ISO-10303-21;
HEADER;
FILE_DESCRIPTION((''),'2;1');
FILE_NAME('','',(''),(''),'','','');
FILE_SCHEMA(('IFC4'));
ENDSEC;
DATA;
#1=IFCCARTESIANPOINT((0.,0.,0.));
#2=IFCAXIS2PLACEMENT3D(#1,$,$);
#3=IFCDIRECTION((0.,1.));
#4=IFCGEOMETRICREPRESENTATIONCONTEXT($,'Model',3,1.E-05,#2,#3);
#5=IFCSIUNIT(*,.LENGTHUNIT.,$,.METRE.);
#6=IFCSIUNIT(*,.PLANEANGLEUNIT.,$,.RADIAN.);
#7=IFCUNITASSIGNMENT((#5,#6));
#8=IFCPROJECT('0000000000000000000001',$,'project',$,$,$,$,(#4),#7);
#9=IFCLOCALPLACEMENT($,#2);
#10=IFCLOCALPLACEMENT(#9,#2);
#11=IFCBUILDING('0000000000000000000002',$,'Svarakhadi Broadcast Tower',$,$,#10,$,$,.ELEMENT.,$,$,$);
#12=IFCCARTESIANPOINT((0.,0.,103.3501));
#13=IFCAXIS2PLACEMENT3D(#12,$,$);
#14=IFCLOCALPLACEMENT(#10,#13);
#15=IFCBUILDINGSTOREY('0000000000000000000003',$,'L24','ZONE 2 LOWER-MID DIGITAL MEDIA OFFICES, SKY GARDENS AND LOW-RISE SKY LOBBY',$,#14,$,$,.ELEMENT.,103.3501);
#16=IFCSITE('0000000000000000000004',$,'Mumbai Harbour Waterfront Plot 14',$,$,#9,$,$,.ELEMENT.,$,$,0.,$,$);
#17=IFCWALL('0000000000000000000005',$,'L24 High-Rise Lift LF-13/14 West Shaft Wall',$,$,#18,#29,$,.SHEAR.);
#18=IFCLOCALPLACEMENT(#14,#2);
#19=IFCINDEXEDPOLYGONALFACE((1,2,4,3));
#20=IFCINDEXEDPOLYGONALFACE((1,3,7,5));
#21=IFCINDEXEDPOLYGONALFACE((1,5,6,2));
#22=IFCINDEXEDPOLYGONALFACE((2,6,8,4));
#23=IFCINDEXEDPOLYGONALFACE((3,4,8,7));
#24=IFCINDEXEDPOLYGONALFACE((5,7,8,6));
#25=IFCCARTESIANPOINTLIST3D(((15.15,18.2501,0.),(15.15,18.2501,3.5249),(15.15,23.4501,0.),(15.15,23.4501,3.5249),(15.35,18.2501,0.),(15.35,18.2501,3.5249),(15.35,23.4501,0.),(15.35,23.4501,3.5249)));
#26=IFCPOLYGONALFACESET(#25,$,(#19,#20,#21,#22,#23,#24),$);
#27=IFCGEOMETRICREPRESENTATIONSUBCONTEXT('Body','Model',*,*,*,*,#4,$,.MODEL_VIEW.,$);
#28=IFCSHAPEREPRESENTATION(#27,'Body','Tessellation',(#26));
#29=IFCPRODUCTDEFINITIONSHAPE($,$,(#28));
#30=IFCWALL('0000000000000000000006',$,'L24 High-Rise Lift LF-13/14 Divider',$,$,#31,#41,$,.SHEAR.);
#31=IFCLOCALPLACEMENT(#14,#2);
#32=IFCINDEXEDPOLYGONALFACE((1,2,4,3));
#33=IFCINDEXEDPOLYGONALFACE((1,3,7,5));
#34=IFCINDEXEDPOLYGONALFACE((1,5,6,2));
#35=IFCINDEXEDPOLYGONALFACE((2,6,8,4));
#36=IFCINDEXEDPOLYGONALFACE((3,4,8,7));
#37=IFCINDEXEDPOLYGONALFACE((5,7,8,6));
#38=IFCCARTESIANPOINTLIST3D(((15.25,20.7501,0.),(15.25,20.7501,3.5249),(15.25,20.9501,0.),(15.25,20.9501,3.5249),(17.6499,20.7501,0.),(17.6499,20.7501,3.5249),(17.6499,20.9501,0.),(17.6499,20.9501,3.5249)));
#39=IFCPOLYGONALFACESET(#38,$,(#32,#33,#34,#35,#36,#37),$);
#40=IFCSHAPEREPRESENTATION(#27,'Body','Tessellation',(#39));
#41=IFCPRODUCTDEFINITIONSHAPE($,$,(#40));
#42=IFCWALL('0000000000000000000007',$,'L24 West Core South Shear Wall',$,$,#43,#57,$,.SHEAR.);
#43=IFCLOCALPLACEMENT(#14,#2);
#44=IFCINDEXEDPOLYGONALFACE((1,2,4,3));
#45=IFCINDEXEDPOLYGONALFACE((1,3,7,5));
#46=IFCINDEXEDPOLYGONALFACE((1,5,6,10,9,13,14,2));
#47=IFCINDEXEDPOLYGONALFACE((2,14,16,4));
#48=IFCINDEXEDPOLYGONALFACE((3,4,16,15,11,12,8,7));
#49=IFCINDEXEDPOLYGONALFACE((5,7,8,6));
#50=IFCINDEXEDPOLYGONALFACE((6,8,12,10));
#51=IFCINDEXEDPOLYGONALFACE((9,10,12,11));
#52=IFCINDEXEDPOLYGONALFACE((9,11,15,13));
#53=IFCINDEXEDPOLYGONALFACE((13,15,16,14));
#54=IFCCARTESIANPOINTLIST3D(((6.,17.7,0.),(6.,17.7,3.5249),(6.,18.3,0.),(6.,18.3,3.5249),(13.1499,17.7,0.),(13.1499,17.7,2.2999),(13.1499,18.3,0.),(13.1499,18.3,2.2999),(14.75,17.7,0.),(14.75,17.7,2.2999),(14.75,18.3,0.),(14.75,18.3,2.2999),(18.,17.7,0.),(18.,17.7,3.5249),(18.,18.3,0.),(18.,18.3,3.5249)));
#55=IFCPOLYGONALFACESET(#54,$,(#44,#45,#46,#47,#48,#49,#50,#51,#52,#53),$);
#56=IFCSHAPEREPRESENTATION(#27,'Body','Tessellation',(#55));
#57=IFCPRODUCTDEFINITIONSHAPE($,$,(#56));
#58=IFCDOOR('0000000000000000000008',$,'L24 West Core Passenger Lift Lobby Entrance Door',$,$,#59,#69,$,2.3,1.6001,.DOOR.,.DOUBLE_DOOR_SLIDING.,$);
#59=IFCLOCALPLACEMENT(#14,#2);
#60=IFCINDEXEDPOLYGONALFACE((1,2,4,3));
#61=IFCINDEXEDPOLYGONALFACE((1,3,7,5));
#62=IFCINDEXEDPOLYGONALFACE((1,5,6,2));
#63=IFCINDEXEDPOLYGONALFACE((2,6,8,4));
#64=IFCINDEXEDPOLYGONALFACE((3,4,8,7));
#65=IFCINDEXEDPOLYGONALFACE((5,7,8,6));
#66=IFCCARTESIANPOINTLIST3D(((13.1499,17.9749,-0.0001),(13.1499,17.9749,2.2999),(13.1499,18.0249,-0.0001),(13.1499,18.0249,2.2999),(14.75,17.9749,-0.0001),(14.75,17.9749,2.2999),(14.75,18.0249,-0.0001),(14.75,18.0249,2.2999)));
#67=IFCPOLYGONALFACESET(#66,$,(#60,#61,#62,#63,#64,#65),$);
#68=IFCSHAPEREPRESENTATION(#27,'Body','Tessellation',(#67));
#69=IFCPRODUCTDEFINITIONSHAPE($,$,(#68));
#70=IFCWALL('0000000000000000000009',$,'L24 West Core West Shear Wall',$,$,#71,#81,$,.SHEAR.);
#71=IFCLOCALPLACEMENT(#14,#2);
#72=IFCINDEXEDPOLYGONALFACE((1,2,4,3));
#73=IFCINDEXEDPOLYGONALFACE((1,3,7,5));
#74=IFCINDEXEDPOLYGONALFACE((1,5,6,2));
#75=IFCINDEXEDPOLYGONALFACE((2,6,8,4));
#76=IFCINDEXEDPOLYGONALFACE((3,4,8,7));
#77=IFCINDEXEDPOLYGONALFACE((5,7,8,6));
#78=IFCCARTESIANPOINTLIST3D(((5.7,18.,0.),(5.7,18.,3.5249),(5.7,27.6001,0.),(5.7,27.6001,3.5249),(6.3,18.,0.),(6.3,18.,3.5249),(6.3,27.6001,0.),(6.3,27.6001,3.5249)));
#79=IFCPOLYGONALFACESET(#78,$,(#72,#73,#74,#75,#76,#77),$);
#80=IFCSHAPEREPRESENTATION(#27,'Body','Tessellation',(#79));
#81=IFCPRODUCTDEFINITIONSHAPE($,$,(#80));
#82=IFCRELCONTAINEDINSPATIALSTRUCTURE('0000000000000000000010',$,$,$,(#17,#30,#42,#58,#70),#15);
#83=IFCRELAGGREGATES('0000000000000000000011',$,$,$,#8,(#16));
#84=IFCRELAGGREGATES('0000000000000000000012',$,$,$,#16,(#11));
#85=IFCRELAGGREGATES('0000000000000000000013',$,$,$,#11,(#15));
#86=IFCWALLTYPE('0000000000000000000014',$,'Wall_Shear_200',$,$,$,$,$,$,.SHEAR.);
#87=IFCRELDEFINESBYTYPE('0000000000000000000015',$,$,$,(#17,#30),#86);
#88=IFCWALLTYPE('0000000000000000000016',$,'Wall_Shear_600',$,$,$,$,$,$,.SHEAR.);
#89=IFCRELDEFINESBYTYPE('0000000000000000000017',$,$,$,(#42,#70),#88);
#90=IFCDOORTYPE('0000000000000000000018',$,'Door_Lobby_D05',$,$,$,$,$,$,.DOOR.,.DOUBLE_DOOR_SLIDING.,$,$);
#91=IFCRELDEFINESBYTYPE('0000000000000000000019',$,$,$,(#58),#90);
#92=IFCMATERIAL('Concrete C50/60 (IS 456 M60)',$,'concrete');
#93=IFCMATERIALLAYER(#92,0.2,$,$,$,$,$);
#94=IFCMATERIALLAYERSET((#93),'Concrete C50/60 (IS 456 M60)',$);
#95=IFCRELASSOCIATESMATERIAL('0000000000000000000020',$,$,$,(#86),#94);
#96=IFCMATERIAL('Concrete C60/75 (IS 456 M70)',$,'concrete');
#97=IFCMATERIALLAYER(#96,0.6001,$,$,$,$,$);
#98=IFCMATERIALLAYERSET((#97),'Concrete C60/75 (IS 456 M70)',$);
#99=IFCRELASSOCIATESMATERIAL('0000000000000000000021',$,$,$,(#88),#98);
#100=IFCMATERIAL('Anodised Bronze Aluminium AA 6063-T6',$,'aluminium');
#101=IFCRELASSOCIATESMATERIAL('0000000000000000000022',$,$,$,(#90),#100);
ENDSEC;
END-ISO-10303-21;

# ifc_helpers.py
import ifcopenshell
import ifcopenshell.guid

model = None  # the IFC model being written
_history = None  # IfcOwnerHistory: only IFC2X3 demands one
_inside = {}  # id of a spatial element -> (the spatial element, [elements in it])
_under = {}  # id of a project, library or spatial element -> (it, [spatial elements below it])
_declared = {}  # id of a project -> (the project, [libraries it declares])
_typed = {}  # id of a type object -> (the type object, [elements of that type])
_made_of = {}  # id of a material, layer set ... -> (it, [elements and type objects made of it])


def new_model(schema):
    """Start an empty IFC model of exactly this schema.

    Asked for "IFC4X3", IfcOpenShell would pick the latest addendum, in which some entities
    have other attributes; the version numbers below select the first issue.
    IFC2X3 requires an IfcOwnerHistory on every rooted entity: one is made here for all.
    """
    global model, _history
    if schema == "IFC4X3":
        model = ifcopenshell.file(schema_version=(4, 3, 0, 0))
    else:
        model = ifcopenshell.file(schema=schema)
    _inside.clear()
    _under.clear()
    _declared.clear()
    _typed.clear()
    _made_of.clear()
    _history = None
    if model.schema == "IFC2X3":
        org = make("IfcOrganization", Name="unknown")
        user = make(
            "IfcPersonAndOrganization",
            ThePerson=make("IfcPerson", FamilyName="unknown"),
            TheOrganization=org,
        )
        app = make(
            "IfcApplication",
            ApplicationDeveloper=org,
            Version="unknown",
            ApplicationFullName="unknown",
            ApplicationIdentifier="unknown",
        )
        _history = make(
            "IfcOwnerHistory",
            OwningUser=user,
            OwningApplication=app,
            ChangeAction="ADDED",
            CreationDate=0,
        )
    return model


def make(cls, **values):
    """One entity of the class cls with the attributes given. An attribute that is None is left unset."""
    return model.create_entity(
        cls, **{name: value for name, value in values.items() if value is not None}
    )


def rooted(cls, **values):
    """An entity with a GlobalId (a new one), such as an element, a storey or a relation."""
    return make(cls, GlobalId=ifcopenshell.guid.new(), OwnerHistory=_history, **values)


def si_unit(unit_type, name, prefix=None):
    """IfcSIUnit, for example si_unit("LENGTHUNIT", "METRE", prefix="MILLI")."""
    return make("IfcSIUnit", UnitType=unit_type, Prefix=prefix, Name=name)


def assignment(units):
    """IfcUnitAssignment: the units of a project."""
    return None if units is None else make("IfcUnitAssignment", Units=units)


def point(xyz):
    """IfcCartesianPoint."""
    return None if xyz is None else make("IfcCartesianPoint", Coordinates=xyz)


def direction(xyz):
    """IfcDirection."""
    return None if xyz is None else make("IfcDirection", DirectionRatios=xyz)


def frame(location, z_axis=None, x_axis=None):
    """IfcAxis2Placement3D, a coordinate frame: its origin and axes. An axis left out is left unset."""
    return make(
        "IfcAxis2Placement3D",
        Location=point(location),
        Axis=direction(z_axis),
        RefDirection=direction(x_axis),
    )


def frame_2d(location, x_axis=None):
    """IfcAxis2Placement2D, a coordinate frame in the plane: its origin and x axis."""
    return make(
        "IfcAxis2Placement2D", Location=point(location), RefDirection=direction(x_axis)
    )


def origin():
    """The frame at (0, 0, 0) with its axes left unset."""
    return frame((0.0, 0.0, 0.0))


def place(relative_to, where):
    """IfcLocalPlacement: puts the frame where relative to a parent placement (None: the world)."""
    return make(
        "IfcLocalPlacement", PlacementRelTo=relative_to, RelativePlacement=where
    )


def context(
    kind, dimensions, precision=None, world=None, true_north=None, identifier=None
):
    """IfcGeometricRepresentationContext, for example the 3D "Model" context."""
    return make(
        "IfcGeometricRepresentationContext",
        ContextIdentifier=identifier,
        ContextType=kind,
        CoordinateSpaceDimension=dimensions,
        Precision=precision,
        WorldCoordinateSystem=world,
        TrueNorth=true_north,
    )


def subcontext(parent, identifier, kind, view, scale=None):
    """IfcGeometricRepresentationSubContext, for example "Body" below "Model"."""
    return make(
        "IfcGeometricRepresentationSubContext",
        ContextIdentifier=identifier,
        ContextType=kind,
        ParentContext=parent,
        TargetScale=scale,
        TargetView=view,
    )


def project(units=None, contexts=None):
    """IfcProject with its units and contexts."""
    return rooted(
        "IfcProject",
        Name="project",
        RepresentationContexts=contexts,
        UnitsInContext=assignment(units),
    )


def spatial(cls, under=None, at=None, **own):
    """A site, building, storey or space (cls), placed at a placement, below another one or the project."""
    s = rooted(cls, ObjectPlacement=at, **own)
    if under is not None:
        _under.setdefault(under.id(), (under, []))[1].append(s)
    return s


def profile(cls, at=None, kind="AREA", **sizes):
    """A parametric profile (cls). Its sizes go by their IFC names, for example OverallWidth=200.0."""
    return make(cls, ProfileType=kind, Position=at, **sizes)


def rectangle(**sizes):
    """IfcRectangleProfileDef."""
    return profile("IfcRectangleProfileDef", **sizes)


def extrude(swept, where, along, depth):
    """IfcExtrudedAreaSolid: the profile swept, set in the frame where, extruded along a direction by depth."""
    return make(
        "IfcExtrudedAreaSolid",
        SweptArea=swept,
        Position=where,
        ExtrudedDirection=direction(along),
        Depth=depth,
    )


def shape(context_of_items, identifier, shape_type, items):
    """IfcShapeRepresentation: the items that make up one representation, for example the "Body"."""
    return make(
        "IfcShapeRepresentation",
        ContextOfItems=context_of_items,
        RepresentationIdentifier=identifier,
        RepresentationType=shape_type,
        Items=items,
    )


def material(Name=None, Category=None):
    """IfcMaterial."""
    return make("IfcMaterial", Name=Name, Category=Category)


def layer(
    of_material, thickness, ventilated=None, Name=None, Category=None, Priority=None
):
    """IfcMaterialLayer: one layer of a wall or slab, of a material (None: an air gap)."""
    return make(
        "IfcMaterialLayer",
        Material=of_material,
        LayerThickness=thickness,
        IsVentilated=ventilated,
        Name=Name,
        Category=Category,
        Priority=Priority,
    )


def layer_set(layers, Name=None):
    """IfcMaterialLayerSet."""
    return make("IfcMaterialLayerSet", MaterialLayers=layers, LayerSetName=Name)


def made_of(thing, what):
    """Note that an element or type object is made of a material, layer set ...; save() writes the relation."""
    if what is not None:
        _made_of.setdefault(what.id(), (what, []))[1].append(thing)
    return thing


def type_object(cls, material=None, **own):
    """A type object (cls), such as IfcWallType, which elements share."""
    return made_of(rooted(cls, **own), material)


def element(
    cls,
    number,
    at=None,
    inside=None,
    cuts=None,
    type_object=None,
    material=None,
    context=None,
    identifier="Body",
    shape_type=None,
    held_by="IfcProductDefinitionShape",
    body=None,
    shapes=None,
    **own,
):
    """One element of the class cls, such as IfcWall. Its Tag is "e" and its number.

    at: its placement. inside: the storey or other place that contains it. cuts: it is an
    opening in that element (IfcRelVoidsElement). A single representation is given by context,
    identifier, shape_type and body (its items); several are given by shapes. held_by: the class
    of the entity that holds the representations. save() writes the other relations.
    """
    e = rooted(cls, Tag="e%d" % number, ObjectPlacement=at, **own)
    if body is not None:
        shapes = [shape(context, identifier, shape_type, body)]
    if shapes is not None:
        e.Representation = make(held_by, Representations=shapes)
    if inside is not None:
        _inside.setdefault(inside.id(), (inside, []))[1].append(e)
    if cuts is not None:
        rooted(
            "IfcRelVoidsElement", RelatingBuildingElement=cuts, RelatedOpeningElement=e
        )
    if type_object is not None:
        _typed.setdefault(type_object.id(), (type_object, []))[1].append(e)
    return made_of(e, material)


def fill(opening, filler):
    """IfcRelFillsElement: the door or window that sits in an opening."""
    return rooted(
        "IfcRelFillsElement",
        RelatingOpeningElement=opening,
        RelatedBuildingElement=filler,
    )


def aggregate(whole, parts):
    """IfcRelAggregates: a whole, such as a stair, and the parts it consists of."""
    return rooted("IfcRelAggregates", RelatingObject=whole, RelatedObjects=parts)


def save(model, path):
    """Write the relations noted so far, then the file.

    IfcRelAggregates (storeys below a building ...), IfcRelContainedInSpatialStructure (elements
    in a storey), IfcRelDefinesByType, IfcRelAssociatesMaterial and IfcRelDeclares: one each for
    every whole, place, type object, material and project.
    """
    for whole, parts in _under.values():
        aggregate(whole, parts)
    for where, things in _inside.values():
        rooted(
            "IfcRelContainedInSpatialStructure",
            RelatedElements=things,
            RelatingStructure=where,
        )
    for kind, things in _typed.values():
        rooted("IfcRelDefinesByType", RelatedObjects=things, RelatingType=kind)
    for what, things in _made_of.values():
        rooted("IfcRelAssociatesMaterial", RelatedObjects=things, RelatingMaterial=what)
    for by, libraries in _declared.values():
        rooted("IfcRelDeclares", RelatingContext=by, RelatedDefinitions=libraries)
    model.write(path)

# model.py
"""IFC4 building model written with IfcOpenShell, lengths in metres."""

from ifc_helpers import new_model, si_unit, direction, frame, frame_2d, origin, place, context, subcontext, project, spatial, rectangle, extrude, material, layer, layer_set, type_object, element, fill, save


model = new_model("IFC4")

# Units and contexts
model_context = context("Model", 3, precision=1e-05, world=origin(), true_north=direction((0.0, 1.0)))
body_context = subcontext(model_context, "Body", "Model", "MODEL_VIEW")
ifc_project = project(units=[si_unit("LENGTHUNIT", "METRE"), si_unit("PLANEANGLEUNIT", "RADIAN")], contexts=[model_context])

# Site, building, storey
site_placement = place(None, origin())
site = spatial("IfcSite", under=ifc_project, at=site_placement, Name="Mumbai Harbour Waterfront Plot 14", CompositionType="ELEMENT", RefElevation=0.0)
building_placement = place(site_placement, origin())
building = spatial("IfcBuilding", under=site, at=building_placement, Name="Svarakhadi Broadcast Tower", CompositionType="ELEMENT")
storey_placement = place(building_placement, frame((0.0, 0.0, 103.3501)))
storey = spatial("IfcBuildingStorey", under=building, at=storey_placement, Name="L24", Description="ZONE 2 LOWER-MID DIGITAL MEDIA OFFICES, SKY GARDENS AND LOW-RISE SKY LOBBY", CompositionType="ELEMENT", Elevation=103.3501)

# Shared definitions
ifc_material_1 = material(Name="Concrete C50/60 (IS 456 M60)", Category="concrete")

# Shared definitions
ifc_layer_1 = layer(ifc_material_1, 0.2)
ifc_layer_set_1 = layer_set([ifc_layer_1], Name="Concrete C50/60 (IS 456 M60)")
wall_type_1 = type_object("IfcWallType", Name="Wall_Shear_200", PredefinedType="SHEAR", material=ifc_layer_set_1)

# Walls
wall_1_placement = place(storey_placement, frame((15.25, 18.25, 0.0), z_axis=(0.0, 0.0, 1.0), x_axis=(0.0, 1.0, 0.0)))
element("IfcWall", 1, at=wall_1_placement, inside=storey, type_object=wall_type_1, Name="L24 High-Rise Lift LF-13/14 West Shaft Wall", PredefinedType="SHEAR", context=body_context, shape_type="SweptSolid", body=[
    extrude(rectangle(XDim=5.2, YDim=0.2, at=frame_2d((2.6001, 0.0))), origin(), (0.0, 0.0, 1.0), 3.5249),
])
wall_2_placement = place(storey_placement, frame((15.25, 20.8501, 0.0), z_axis=(0.0, 0.0, 1.0), x_axis=(1.0, 0.0, 0.0)))
element("IfcWall", 2, at=wall_2_placement, inside=storey, type_object=wall_type_1, Name="L24 High-Rise Lift LF-13/14 Divider", PredefinedType="SHEAR", context=body_context, shape_type="SweptSolid", body=[
    extrude(rectangle(XDim=2.3999, YDim=0.2, at=frame_2d((1.2, 0.0))), origin(), (0.0, 0.0, 1.0), 3.5249),
])

# Wall, opening, door
ifc_material_2 = material(Name="Concrete C60/75 (IS 456 M70)", Category="concrete")
ifc_layer_2 = layer(ifc_material_2, 0.6001)
ifc_layer_set_2 = layer_set([ifc_layer_2], Name="Concrete C60/75 (IS 456 M70)")
wall_type_2 = type_object("IfcWallType", Name="Wall_Shear_600", PredefinedType="SHEAR", material=ifc_layer_set_2)
wall_3_placement = place(storey_placement, frame((6.0, 18.0, 0.0), z_axis=(0.0, 0.0, 1.0), x_axis=(1.0, 0.0, 0.0)))
wall_3 = element("IfcWall", 3, at=wall_3_placement, inside=storey, type_object=wall_type_2, Name="L24 West Core South Shear Wall", PredefinedType="SHEAR", context=body_context, shape_type="SweptSolid", body=[
    extrude(rectangle(XDim=12.0, YDim=0.6001, at=frame_2d((6.0, 0.0))), origin(), (0.0, 0.0, 1.0), 3.5249),
])
opening_1_placement = place(wall_3_placement, frame((7.1499, 0.0, 0.0)))
opening_1 = element("IfcOpeningElement", 4, at=opening_1_placement, cuts=wall_3, PredefinedType="OPENING", context=body_context, shape_type="SweptSolid", body=[
    extrude(rectangle(XDim=1.6001, YDim=2.3, at=frame_2d((0.8, 1.1499))), frame((0.0, 0.3101, 0.0), z_axis=(0.0, -1.0, 0.0), x_axis=(1.0, 0.0, 0.0)), (0.0, 0.0, 1.0), 0.6201),
])
ifc_material_3 = material(Name="Anodised Bronze Aluminium AA 6063-T6", Category="aluminium")
door_type_1 = type_object("IfcDoorType", Name="Door_Lobby_D05", OperationType="DOUBLE_DOOR_SLIDING", PredefinedType="DOOR", material=ifc_material_3)
door_1_placement = place(opening_1_placement, origin())
door_1 = element("IfcDoor", 5, at=door_1_placement, inside=storey, type_object=door_type_1, Name="L24 West Core Passenger Lift Lobby Entrance Door", OperationType="DOUBLE_DOOR_SLIDING", OverallHeight=2.3, OverallWidth=1.6001, PredefinedType="DOOR", context=body_context, shape_type="SweptSolid", body=[
    extrude(rectangle(XDim=1.6001, YDim=2.3, at=frame_2d((0.8, 1.1499))), frame((0.0, 0.0249, 0.0), z_axis=(0.0, -1.0, 0.0), x_axis=(1.0, 0.0, 0.0)), (0.0, 0.0, 1.0), 0.05),
])
fill(opening_1, door_1)

# Wall
wall_4_placement = place(storey_placement, frame((6.0, 18.0, 0.0), z_axis=(0.0, 0.0, 1.0), x_axis=(0.0, 1.0, 0.0)))
element("IfcWall", 6, at=wall_4_placement, inside=storey, type_object=wall_type_2, Name="L24 West Core West Shear Wall", PredefinedType="SHEAR", context=body_context, shape_type="SweptSolid", body=[
    extrude(rectangle(XDim=9.6001, YDim=0.6001, at=frame_2d((4.8, 0.0))), origin(), (0.0, 0.0, 1.0), 3.5249),
])

save(model, "model.ifc")
